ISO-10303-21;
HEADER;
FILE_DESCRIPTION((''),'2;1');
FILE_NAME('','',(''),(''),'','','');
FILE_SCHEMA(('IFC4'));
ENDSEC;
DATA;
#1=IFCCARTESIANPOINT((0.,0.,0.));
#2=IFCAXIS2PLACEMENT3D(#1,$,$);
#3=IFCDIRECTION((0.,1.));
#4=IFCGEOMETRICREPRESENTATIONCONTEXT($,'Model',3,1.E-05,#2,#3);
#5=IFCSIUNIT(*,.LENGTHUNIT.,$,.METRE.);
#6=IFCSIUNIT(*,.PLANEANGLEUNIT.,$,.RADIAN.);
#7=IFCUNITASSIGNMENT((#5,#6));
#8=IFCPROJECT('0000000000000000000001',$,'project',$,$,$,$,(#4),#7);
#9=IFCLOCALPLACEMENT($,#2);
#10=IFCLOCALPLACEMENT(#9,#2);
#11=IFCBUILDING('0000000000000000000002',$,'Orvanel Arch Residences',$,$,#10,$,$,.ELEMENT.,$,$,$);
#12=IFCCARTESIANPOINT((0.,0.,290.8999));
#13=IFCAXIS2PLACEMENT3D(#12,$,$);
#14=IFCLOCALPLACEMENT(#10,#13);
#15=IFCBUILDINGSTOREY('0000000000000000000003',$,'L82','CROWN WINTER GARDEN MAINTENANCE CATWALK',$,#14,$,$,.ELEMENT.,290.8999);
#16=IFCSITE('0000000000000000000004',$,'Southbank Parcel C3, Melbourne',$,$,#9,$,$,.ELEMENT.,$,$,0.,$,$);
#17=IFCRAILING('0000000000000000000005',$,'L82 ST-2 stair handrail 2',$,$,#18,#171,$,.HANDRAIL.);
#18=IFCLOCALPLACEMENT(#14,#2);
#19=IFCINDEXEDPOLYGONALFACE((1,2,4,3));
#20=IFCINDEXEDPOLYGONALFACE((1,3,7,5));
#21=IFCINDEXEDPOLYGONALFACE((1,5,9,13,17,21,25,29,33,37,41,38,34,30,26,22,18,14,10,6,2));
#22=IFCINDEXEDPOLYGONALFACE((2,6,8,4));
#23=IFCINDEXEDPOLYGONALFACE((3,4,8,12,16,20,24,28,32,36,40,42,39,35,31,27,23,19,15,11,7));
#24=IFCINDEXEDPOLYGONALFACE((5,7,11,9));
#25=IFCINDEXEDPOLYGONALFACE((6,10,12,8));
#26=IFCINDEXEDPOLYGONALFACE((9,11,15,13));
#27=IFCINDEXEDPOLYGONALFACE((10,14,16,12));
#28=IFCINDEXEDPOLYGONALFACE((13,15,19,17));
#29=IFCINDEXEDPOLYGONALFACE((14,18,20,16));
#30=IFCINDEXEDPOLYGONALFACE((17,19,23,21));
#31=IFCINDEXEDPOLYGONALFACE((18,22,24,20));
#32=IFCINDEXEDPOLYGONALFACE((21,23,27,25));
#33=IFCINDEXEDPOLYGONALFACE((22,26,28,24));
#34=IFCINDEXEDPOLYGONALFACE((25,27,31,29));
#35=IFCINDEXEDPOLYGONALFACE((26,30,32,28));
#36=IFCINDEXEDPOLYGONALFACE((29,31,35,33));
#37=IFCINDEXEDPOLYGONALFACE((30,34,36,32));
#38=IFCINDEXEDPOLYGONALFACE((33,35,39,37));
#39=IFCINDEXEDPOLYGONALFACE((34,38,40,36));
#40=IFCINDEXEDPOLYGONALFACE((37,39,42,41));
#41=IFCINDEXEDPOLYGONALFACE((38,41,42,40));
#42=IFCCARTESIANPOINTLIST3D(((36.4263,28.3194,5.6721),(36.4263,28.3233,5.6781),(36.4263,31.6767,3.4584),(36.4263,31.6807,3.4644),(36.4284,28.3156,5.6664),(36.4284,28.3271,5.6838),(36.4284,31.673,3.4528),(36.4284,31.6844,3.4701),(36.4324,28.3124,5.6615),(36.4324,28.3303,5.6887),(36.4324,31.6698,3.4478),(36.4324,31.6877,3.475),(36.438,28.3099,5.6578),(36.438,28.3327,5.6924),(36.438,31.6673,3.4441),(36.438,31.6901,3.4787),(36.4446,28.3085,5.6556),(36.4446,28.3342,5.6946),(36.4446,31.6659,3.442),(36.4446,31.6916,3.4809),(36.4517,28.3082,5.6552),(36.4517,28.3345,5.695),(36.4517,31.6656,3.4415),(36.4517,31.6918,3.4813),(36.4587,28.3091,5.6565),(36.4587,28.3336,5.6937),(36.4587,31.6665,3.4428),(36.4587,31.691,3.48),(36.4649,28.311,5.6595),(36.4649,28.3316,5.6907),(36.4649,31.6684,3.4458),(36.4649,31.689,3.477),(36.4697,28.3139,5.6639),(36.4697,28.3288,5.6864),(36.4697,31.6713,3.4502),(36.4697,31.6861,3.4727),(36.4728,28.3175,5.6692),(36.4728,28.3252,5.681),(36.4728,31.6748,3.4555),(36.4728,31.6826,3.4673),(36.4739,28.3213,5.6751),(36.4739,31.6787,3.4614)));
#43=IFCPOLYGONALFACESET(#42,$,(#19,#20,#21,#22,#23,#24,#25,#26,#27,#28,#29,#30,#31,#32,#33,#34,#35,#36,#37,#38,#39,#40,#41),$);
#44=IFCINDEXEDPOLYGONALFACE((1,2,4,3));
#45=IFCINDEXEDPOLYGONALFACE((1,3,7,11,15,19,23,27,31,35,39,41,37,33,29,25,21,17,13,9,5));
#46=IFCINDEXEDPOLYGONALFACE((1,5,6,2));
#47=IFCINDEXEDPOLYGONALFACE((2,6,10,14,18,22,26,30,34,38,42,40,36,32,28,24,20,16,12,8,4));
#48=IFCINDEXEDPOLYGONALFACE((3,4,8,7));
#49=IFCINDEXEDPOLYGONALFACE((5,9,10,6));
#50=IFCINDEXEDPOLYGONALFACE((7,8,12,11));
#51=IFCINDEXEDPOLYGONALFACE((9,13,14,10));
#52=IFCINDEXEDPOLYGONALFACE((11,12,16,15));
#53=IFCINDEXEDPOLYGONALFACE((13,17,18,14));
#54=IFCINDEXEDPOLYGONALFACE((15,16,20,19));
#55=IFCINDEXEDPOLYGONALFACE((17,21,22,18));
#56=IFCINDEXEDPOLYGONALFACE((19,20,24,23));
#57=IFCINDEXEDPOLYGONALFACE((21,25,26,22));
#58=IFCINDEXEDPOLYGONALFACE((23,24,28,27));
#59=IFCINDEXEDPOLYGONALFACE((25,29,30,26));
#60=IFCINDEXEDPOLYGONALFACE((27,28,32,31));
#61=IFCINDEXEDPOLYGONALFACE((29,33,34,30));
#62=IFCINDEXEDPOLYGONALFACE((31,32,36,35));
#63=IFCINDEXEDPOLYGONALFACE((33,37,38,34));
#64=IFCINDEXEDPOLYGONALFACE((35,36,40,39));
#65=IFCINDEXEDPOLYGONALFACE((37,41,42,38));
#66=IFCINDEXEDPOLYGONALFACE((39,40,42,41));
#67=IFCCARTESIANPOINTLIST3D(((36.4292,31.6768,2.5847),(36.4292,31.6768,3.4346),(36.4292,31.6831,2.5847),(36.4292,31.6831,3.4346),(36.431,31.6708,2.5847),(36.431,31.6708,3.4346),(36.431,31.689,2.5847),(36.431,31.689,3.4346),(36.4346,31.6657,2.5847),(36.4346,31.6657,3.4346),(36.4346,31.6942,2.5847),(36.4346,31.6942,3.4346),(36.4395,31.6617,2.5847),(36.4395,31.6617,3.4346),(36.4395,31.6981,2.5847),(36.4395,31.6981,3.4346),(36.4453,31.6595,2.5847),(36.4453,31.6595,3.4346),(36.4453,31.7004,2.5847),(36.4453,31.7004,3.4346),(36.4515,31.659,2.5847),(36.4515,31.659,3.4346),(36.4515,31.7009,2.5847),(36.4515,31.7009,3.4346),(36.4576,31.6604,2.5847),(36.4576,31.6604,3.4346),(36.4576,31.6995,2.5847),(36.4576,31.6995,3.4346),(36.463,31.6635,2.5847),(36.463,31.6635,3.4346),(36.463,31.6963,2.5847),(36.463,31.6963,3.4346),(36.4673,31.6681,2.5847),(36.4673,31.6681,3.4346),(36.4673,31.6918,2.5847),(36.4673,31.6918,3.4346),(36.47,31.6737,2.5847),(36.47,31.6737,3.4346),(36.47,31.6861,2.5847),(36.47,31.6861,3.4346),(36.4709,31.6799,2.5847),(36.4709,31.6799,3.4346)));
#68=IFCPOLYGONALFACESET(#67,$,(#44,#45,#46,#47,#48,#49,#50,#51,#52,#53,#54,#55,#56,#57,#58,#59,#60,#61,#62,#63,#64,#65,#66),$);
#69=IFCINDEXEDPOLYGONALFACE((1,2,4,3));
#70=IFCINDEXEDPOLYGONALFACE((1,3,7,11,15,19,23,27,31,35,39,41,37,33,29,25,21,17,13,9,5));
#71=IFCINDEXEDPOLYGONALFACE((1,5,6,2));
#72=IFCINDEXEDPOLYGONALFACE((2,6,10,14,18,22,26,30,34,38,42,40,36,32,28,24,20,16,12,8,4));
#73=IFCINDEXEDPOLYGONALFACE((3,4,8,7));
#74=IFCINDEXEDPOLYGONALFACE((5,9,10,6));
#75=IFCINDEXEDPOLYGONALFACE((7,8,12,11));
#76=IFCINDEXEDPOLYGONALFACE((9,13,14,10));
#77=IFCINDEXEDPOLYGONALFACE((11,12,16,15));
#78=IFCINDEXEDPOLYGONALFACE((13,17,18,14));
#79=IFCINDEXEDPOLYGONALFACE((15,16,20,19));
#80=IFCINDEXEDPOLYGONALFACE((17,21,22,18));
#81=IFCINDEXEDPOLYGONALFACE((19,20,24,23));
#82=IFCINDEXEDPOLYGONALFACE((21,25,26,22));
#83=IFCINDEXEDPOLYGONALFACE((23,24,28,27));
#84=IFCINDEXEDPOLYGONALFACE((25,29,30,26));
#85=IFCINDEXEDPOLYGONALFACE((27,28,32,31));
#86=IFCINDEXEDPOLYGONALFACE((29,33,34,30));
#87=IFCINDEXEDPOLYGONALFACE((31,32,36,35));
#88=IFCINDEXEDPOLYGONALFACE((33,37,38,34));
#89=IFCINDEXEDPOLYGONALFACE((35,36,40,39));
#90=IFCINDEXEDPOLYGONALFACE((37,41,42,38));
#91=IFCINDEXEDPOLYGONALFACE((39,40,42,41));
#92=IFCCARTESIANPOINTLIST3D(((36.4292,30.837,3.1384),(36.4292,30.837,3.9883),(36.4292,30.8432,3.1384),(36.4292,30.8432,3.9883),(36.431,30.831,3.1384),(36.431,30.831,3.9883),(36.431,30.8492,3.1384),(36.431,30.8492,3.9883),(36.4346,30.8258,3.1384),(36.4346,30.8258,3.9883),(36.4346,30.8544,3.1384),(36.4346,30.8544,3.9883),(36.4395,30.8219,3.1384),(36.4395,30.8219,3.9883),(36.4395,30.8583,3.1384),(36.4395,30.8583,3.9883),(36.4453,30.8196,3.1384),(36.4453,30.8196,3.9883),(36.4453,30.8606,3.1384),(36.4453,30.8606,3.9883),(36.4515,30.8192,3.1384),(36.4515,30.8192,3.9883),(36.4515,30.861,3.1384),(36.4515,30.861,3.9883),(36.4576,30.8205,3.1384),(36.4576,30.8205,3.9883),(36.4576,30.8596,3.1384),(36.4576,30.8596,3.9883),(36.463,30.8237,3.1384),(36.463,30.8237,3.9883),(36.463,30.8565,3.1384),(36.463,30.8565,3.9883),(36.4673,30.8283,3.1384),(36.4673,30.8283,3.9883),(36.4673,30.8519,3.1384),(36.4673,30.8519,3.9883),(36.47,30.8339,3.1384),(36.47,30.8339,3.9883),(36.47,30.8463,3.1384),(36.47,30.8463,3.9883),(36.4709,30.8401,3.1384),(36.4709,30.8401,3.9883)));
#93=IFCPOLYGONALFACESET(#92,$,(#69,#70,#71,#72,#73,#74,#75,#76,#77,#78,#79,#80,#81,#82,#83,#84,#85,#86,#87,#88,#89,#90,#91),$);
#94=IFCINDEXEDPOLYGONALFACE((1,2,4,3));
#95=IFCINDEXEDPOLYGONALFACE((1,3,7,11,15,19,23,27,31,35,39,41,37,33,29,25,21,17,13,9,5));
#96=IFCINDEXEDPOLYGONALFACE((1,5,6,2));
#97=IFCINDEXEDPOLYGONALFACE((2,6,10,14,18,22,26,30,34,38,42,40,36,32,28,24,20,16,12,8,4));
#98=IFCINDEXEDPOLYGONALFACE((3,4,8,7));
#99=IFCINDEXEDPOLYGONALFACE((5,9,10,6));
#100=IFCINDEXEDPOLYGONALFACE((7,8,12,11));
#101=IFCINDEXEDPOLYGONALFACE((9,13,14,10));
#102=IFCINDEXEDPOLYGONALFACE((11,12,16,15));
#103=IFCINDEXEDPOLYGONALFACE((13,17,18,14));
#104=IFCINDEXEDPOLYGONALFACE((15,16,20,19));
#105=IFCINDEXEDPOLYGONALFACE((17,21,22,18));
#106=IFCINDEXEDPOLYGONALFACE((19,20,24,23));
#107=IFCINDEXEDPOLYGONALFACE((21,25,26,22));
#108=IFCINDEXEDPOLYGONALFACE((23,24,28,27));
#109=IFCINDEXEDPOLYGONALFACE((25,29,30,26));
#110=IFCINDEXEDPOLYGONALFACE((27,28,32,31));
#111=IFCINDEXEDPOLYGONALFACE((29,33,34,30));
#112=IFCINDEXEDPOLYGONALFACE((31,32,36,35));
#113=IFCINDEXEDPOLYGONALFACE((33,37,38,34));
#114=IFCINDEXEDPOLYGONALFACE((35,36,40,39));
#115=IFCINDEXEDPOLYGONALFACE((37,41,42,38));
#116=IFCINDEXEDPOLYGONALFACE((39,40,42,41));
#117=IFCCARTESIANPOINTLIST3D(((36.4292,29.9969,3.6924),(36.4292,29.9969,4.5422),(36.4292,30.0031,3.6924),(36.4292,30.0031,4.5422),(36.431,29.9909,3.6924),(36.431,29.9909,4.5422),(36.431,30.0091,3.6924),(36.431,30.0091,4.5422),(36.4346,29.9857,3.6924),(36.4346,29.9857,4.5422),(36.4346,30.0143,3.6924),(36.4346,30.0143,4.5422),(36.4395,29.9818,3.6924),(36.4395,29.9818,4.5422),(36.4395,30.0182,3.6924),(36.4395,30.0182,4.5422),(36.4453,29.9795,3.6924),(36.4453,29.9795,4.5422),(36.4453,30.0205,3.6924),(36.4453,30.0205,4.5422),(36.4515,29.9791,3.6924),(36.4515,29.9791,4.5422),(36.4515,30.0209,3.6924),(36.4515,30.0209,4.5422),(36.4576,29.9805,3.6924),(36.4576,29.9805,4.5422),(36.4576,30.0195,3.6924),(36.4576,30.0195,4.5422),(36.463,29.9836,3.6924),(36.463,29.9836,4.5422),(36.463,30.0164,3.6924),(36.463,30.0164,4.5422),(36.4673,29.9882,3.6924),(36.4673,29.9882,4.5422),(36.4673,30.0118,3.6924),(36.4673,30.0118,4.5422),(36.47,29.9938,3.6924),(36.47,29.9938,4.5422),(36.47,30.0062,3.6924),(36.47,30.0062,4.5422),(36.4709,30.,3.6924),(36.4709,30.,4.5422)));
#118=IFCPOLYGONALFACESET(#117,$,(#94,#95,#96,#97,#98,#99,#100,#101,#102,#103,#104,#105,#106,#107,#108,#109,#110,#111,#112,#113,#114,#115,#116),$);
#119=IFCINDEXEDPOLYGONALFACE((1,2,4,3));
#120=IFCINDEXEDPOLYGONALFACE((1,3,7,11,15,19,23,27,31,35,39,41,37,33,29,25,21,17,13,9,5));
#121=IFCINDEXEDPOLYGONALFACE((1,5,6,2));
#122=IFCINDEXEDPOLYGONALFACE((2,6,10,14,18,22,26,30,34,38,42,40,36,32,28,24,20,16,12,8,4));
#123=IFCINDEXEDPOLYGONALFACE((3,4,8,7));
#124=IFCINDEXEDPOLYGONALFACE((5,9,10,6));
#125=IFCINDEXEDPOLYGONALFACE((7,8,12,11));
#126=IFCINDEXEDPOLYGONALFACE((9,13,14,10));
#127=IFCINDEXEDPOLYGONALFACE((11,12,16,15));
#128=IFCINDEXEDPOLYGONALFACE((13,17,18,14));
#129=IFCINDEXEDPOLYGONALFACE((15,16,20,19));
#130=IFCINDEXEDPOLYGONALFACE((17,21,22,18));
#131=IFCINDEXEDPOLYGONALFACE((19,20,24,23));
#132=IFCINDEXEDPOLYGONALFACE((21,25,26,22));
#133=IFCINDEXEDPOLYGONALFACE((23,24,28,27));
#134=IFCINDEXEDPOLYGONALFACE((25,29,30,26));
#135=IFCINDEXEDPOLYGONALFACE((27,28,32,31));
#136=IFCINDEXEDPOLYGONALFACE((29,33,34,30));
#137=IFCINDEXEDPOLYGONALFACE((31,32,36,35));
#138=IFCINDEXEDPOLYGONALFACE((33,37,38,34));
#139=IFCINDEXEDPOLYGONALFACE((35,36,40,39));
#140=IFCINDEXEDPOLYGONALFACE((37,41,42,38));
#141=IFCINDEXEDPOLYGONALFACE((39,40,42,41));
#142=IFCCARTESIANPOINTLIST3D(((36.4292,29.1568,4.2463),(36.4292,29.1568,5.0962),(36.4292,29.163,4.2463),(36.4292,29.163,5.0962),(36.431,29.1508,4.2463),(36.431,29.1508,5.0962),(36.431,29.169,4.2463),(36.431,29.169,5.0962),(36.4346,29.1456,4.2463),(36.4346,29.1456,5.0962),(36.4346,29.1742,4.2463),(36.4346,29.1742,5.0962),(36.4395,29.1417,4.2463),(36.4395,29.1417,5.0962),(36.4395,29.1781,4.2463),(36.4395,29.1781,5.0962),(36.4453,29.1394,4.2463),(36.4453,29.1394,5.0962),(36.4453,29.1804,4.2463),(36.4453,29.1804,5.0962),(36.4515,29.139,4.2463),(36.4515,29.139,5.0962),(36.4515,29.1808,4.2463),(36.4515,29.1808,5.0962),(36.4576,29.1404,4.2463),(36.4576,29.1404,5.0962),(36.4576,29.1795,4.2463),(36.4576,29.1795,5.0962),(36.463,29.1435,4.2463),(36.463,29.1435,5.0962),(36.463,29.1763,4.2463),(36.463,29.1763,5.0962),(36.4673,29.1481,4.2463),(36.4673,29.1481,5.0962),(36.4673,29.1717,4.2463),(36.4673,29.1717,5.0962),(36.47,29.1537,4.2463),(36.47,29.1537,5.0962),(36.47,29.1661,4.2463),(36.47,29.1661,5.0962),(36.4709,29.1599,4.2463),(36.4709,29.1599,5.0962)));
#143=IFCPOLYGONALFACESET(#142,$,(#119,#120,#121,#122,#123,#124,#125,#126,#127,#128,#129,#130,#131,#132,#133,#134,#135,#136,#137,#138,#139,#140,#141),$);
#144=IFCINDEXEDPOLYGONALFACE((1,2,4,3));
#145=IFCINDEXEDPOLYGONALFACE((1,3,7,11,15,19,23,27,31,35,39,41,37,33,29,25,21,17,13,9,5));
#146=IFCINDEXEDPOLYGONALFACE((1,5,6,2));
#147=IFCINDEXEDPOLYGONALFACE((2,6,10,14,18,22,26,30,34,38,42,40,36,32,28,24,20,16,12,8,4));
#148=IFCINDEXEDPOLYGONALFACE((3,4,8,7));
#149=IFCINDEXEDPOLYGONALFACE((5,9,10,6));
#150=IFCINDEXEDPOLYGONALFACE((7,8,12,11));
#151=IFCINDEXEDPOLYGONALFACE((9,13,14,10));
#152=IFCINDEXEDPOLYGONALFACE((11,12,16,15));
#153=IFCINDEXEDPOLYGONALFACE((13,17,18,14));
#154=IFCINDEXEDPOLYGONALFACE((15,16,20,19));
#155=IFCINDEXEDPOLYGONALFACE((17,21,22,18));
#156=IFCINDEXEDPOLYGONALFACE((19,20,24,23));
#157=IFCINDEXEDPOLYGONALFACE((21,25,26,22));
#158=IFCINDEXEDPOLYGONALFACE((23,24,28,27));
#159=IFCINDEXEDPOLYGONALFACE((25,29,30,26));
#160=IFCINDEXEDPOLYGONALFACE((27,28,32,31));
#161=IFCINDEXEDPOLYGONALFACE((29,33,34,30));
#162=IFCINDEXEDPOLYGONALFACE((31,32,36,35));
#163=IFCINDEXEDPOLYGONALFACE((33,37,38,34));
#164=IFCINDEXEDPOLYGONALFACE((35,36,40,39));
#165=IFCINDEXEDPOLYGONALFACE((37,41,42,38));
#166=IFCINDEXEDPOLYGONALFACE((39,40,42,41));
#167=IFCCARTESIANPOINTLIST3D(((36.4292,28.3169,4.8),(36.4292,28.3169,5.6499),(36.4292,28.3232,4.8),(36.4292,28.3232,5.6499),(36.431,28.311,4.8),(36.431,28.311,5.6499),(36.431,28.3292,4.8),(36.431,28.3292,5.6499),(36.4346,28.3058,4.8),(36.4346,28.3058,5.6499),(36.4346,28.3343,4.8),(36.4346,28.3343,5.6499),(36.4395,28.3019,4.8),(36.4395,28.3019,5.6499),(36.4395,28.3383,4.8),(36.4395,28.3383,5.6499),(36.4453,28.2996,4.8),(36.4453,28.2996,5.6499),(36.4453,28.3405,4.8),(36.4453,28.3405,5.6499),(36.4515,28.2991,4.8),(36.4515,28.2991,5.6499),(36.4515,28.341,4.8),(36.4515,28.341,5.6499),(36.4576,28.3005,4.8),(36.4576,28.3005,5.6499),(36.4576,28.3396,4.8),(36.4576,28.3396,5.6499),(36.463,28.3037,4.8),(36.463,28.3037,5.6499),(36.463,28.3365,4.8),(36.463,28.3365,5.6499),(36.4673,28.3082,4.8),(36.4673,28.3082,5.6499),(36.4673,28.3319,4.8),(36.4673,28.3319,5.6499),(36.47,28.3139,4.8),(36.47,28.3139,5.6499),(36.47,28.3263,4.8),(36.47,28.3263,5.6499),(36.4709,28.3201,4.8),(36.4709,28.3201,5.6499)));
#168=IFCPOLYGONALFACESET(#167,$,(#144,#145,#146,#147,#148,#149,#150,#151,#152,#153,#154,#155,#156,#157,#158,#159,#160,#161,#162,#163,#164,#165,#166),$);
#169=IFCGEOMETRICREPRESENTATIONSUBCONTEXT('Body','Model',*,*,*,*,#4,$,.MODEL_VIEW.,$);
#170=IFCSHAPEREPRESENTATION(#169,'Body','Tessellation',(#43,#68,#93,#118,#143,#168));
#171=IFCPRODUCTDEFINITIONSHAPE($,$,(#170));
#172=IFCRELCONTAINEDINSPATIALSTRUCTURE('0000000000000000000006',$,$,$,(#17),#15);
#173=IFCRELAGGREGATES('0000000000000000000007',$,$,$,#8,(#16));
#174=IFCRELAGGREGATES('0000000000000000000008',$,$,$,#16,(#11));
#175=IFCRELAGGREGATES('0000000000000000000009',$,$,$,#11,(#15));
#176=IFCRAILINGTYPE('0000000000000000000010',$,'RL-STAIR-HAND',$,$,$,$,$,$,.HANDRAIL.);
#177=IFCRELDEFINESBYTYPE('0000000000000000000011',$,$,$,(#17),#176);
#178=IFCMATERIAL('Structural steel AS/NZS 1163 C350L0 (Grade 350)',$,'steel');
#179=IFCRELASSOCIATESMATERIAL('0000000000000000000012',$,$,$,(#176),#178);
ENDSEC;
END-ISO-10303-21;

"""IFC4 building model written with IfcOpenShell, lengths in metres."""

from ifc_helpers import new_model, si_unit, direction, frame, origin, origin_2d, place, context, subcontext, project, spatial, circle, extrude, material, type_object, element, save


model = new_model("IFC4")

# Units and contexts
model_context = context("Model", 3, precision=1e-05, world=origin(), true_north=direction((0.0, 1.0)))
body_context = subcontext(model_context, "Body", "Model", "MODEL_VIEW")
ifc_project = project(units=[si_unit("LENGTHUNIT", "METRE"), si_unit("PLANEANGLEUNIT", "RADIAN")], contexts=[model_context])

# Site, building, storey
site_placement = place(None, origin())
site = spatial("IfcSite", under=ifc_project, at=site_placement, Name="Southbank Parcel C3, Melbourne", CompositionType="ELEMENT", RefElevation=0.0)
building_placement = place(site_placement, origin())
building = spatial("IfcBuilding", under=site, at=building_placement, Name="Orvanel Arch Residences", CompositionType="ELEMENT")
storey_placement = place(building_placement, frame((0.0, 0.0, 290.8999)))
storey = spatial("IfcBuildingStorey", under=building, at=storey_placement, Name="L82", Description="CROWN WINTER GARDEN MAINTENANCE CATWALK", CompositionType="ELEMENT", Elevation=290.8999)

# Shared definitions
ifc_material_1 = material(Name="Structural steel AS/NZS 1163 C350L0 (Grade 350)", Category="steel")

# Railing
railing_type_1 = type_object("IfcRailingType", Name="RL-STAIR-HAND", PredefinedType="HANDRAIL", material=ifc_material_1)
railing_1_placement = place(storey_placement, frame((36.45, 31.6799, 2.5847)))
element("IfcRailing", 1, at=railing_1_placement, inside=storey, type_object=railing_type_1, Name="L82 ST-2 stair handrail 2", PredefinedType="HANDRAIL", context=body_context, shape_type="SweptSolid", body=[
    extrude(circle(Radius=0.0239, at=origin_2d()), frame((0.0, -0.0012, 0.8767), z_axis=(0.0, -0.834858, 0.550465), x_axis=(1.0, 0.0, 0.0)), (0.0, 0.0, 1.0), 4.0215),
    extrude(circle(Radius=0.021, at=origin_2d()), origin(), (0.0, 0.0, 1.0), 0.8499),
    extrude(circle(Radius=0.021, at=origin_2d()), frame((0.0, -0.8398, 0.5537)), (0.0, 0.0, 1.0), 0.8499),
    extrude(circle(Radius=0.021, at=origin_2d()), frame((0.0, -1.6799, 1.1077)), (0.0, 0.0, 1.0), 0.8499),
    extrude(circle(Radius=0.021, at=origin_2d()), frame((0.0, -2.52, 1.6616)), (0.0, 0.0, 1.0), 0.8499),
    extrude(circle(Radius=0.021, at=origin_2d()), frame((0.0, -3.3599, 2.2153)), (0.0, 0.0, 1.0), 0.8499),
])

save(model, "model.ifc")
